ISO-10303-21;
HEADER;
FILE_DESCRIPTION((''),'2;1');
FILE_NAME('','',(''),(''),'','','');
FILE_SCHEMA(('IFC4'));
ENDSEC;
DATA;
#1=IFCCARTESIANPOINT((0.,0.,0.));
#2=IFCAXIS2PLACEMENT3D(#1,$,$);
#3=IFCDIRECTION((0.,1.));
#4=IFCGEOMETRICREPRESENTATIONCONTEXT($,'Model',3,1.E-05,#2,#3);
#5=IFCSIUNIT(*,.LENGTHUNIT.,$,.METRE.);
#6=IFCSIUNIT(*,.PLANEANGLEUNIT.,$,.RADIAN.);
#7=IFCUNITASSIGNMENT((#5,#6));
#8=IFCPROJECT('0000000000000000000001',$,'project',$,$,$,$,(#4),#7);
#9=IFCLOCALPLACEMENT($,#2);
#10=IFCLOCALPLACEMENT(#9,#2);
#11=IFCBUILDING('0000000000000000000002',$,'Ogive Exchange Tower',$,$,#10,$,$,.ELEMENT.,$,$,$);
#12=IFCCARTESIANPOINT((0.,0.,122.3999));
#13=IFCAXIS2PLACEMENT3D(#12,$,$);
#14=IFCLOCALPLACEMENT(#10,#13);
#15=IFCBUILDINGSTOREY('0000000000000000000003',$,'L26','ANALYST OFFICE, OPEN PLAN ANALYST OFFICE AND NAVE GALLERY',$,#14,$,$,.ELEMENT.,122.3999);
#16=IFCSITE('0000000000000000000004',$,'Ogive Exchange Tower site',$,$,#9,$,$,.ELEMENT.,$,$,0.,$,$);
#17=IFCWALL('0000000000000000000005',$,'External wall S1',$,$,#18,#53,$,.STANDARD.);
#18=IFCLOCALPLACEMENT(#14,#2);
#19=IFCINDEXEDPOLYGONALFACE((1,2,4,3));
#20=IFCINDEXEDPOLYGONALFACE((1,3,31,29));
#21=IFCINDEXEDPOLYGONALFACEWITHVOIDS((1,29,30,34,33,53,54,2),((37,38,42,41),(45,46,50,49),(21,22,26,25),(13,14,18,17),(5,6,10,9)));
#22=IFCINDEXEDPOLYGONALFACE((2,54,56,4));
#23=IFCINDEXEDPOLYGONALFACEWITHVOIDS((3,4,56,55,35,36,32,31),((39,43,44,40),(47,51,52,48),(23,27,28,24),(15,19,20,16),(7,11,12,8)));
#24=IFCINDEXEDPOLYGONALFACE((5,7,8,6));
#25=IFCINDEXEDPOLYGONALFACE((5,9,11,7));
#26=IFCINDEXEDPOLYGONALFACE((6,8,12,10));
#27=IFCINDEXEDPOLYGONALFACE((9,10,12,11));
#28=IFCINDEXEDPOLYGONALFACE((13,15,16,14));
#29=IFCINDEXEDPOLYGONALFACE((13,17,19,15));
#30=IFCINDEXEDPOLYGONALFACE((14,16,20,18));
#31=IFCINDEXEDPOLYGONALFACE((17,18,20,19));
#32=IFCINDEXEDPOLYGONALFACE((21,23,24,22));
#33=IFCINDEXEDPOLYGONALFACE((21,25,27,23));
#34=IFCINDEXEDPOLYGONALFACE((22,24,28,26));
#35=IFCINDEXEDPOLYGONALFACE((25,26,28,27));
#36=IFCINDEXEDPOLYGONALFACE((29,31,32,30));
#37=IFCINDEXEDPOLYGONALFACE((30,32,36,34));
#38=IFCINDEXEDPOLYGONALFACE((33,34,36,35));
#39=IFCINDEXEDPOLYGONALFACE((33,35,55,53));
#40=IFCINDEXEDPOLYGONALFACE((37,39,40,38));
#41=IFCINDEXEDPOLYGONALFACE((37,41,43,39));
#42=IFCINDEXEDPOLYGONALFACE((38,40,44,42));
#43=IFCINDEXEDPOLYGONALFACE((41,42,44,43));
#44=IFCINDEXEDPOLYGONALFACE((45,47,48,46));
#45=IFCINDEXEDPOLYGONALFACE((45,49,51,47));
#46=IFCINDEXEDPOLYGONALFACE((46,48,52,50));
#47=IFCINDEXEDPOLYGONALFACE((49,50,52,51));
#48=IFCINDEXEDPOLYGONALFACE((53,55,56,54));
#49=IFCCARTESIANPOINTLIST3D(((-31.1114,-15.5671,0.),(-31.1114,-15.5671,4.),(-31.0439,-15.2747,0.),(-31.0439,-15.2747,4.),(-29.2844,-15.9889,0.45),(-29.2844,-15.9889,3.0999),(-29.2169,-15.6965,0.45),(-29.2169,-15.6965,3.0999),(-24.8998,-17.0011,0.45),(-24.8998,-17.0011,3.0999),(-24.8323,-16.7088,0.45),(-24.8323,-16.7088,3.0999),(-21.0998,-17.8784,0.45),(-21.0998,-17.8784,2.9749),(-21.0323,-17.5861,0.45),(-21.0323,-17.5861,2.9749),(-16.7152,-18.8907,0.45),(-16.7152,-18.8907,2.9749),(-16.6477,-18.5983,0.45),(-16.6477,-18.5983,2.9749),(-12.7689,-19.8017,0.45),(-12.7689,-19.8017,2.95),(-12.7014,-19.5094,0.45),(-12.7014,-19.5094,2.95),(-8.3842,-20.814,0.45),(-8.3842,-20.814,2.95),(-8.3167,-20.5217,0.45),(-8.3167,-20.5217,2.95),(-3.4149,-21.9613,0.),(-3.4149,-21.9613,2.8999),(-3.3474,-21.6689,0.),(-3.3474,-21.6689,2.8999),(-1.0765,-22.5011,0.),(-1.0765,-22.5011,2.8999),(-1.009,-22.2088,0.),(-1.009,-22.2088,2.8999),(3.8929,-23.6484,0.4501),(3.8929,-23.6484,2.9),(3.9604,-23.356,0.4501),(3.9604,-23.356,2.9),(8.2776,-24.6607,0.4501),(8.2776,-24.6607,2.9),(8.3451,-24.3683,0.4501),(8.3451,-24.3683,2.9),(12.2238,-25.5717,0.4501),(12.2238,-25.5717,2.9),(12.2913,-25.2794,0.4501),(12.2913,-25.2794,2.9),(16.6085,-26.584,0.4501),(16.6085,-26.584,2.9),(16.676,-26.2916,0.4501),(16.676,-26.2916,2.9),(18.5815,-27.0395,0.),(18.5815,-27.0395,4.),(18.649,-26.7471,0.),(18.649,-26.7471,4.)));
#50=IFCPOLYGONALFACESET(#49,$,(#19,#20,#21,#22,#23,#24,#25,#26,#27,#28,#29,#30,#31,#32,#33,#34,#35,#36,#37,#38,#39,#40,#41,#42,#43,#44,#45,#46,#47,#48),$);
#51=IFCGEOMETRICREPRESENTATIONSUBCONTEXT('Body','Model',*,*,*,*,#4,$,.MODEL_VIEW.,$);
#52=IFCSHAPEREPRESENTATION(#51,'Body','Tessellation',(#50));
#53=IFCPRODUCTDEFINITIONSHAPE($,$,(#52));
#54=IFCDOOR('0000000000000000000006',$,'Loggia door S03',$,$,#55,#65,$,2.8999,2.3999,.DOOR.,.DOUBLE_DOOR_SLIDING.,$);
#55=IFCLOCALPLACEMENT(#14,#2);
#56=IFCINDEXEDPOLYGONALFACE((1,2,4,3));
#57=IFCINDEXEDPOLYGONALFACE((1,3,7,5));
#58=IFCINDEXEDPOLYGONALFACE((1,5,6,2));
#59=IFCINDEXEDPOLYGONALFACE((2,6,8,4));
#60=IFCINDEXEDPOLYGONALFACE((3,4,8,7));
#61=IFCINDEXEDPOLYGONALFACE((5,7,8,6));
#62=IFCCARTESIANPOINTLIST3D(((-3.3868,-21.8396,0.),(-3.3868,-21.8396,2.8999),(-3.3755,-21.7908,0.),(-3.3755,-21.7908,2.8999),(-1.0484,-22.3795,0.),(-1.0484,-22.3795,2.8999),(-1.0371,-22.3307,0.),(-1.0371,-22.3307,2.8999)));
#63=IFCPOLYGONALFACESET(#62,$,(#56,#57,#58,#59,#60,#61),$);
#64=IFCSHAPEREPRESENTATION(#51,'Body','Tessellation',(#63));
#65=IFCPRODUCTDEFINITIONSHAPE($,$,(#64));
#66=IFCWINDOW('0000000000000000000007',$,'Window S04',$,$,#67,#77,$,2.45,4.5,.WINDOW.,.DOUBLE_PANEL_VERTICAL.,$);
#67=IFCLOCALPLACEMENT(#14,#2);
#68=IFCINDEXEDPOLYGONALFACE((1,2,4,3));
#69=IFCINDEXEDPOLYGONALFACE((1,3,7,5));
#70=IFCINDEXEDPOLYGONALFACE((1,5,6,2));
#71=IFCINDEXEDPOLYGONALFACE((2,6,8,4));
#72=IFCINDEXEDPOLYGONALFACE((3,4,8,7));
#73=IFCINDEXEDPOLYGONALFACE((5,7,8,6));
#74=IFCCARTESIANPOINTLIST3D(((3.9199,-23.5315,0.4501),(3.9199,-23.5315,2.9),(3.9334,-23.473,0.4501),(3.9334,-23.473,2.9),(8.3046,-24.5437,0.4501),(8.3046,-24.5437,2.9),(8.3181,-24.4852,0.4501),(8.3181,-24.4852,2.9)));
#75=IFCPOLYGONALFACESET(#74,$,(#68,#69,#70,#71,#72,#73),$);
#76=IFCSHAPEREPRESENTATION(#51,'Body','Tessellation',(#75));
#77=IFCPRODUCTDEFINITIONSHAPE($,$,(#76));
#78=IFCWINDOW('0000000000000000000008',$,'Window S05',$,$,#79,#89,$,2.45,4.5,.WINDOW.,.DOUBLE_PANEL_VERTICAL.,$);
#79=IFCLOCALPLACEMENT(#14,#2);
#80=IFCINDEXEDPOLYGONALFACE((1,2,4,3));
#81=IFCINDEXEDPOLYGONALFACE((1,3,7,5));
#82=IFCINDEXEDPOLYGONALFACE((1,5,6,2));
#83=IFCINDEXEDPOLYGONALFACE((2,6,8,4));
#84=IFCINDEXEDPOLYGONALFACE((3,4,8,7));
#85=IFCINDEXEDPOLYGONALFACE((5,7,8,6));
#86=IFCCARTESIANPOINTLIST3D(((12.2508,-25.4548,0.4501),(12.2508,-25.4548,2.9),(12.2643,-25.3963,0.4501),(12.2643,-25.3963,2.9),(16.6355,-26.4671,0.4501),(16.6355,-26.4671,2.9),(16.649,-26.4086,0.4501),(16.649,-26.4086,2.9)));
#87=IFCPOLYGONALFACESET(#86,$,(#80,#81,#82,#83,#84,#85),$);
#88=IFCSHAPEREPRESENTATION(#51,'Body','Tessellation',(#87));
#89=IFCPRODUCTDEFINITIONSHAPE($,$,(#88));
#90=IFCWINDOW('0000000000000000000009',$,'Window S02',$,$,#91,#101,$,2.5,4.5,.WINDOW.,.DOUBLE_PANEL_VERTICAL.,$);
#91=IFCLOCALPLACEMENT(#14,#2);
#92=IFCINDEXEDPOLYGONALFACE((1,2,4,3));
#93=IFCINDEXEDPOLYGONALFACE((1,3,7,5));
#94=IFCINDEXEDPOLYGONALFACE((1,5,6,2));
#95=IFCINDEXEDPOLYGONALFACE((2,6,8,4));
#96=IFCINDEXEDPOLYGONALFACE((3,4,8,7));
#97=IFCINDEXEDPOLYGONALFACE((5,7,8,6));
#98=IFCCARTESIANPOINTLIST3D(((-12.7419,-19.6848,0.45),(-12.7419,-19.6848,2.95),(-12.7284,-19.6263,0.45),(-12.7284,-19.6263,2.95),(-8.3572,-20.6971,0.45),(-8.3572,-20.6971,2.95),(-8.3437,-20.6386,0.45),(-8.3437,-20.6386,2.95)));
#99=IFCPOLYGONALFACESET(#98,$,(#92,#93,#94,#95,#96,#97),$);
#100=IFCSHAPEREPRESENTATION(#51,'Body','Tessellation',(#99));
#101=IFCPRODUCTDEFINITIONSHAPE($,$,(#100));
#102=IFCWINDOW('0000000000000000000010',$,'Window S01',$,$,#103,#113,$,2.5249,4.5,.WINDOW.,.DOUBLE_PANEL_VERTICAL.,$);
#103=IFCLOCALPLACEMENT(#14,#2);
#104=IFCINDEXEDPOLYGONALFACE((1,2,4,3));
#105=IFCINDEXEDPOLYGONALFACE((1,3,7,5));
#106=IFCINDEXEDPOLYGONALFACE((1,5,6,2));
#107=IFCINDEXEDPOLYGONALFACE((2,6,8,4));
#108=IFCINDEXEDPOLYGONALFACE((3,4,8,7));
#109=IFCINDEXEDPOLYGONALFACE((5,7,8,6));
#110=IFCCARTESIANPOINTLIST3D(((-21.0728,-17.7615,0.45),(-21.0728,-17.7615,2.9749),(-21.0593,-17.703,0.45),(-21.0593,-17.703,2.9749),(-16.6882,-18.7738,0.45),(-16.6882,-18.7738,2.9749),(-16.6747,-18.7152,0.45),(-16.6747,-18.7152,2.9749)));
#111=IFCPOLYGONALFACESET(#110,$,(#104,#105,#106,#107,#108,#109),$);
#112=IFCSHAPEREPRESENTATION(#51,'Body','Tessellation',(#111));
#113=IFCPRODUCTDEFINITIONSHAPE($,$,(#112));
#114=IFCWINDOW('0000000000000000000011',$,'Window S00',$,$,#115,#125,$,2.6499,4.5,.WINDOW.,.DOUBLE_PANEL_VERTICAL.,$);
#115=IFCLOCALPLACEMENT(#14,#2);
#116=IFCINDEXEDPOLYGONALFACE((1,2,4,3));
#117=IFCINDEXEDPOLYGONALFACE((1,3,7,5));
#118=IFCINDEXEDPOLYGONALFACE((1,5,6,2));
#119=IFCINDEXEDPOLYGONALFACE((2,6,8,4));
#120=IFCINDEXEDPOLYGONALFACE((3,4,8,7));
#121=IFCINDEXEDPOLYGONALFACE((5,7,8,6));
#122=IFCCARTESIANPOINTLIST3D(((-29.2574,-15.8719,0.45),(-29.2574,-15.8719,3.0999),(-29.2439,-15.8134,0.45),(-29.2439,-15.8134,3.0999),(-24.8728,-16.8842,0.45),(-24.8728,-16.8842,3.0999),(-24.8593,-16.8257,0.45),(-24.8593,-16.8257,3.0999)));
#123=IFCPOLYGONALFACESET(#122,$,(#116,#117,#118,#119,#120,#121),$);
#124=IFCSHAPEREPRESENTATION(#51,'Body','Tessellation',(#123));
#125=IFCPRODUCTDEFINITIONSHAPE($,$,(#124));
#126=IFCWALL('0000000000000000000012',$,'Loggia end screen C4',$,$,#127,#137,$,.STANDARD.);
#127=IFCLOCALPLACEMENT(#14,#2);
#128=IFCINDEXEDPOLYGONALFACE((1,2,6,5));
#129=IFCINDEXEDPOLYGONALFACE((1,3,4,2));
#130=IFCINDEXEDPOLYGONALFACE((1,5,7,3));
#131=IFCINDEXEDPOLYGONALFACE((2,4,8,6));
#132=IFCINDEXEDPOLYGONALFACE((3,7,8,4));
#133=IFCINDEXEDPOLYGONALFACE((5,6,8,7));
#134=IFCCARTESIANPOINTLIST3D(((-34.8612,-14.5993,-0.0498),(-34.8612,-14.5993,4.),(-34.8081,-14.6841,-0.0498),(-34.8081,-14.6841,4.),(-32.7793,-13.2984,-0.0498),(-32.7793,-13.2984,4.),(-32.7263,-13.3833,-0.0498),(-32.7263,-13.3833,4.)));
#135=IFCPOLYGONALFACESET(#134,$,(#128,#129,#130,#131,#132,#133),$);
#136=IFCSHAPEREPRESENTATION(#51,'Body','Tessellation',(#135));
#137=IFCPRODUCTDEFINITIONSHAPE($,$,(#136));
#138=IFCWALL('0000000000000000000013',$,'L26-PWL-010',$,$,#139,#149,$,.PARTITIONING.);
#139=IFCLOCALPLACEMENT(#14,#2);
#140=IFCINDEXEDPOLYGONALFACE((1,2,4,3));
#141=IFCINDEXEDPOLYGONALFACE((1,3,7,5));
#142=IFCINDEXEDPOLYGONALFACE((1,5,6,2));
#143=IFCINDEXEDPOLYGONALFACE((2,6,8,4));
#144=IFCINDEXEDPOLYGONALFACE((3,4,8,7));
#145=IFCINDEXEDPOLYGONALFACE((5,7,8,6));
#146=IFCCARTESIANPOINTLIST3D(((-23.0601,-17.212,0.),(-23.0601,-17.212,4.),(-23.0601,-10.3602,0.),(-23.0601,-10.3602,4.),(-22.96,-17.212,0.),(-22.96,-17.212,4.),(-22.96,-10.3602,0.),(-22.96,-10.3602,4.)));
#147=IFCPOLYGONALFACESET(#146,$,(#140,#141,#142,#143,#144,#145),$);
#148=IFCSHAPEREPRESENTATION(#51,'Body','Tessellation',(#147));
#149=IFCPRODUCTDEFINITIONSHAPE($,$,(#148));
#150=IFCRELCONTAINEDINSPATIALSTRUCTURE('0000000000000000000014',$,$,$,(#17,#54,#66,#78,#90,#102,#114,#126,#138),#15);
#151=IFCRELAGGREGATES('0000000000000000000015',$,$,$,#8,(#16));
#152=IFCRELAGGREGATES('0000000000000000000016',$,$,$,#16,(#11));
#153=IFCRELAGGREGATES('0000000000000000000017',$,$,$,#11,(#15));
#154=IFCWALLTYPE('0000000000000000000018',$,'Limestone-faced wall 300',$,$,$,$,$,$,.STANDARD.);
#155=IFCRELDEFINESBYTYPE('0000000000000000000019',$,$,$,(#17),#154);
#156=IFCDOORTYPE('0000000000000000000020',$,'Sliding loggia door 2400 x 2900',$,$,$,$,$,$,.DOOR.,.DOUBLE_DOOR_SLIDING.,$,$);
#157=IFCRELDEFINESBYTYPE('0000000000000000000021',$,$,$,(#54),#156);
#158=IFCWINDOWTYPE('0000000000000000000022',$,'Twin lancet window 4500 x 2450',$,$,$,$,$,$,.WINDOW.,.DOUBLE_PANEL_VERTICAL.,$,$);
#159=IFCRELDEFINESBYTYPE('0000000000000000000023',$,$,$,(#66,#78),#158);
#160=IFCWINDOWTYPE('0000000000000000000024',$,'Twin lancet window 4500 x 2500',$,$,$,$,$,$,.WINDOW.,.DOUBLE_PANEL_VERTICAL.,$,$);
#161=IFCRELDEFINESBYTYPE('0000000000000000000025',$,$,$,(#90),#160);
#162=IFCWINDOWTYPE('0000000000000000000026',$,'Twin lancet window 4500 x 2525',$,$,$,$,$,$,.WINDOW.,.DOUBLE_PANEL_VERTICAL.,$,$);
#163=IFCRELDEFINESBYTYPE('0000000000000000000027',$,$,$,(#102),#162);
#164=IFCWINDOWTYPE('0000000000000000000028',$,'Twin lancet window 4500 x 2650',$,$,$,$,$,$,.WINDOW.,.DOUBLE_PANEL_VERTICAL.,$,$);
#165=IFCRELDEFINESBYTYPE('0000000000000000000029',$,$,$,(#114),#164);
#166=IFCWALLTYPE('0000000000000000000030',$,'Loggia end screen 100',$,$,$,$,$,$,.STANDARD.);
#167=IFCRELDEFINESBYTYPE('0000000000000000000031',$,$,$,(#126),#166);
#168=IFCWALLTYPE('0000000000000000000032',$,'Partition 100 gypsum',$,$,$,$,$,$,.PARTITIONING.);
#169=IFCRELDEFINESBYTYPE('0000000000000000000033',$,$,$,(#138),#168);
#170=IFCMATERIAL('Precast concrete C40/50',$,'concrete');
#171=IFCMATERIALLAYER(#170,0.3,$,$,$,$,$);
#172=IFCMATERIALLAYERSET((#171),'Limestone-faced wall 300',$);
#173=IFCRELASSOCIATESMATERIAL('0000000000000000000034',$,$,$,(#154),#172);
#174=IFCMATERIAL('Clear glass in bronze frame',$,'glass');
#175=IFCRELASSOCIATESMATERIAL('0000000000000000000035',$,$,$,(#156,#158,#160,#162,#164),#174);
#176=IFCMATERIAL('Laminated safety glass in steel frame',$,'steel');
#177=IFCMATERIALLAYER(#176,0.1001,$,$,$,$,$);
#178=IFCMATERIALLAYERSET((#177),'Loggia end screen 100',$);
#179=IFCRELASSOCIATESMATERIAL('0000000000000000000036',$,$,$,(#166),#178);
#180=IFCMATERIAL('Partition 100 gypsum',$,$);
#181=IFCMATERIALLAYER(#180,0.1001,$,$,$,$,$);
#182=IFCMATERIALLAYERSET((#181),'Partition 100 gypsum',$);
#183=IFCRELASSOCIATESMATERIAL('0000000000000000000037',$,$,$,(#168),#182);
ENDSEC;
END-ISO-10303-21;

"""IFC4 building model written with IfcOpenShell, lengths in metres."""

from ifc_helpers import new_model, si_unit, direction, frame, frame_2d, origin, place, context, subcontext, project, spatial, rectangle, extrude, material, layer, layer_set, type_object, element, fill, save


model = new_model("IFC4")

# Units and contexts
model_context = context("Model", 3, precision=1e-05, world=origin(), true_north=direction((0.0, 1.0)))
body_context = subcontext(model_context, "Body", "Model", "MODEL_VIEW")
ifc_project = project(units=[si_unit("LENGTHUNIT", "METRE"), si_unit("PLANEANGLEUNIT", "RADIAN")], contexts=[model_context])

# Site, building, storey
site_placement = place(None, origin())
site = spatial("IfcSite", under=ifc_project, at=site_placement, Name="Ogive Exchange Tower site", CompositionType="ELEMENT", RefElevation=0.0)
building_placement = place(site_placement, origin())
building = spatial("IfcBuilding", under=site, at=building_placement, Name="Ogive Exchange Tower", CompositionType="ELEMENT")
storey_placement = place(building_placement, frame((0.0, 0.0, 122.3999)))
storey = spatial("IfcBuildingStorey", under=building, at=storey_placement, Name="L26", Description="ANALYST OFFICE, OPEN PLAN ANALYST OFFICE AND NAVE GALLERY", CompositionType="ELEMENT", Elevation=122.3999)

# Wall, openings, door, windows
ifc_material_1 = material(Name="Precast concrete C40/50", Category="concrete")
ifc_layer_1 = layer(ifc_material_1, 0.3)
ifc_layer_set_1 = layer_set([ifc_layer_1], Name="Limestone-faced wall 300")
wall_type_1 = type_object("IfcWallType", Name="Limestone-faced wall 300", PredefinedType="STANDARD", material=ifc_layer_set_1)
wall_1_placement = place(storey_placement, frame((-31.0776, -15.4209, 0.0), z_axis=(0.0, 0.0, 1.0), x_axis=(0.97437, -0.224949, 0.0)))
wall_1 = element("IfcWall", 1, at=wall_1_placement, inside=storey, type_object=wall_type_1, Name="External wall S1", PredefinedType="STANDARD", context=body_context, shape_type="SweptSolid", body=[
    extrude(rectangle(XDim=51.0, YDim=0.3, at=frame_2d((25.5, 0.0))), origin(), (0.0, 0.0, 1.0), 4.0),
])
opening_1_placement = place(wall_1_placement, frame((1.875, 0.0, 0.45)))
opening_1 = element("IfcOpeningElement", 2, at=opening_1_placement, cuts=wall_1, PredefinedType="OPENING", context=body_context, shape_type="SweptSolid", body=[
    extrude(rectangle(XDim=4.5, YDim=2.6499, at=frame_2d((2.25, 1.325))), frame((0.0, 0.1599, 0.0), z_axis=(0.0, -1.0, 0.0), x_axis=(1.0, 0.0, 0.0)), (0.0, 0.0, 1.0), 0.3201),
])
opening_2_placement = place(wall_1_placement, frame((10.2749, 0.0, 0.45)))
opening_2 = element("IfcOpeningElement", 3, at=opening_2_placement, cuts=wall_1, PredefinedType="OPENING", context=body_context, shape_type="SweptSolid", body=[
    extrude(rectangle(XDim=4.5, YDim=2.5249, at=frame_2d((2.25, 1.2625))), frame((0.0, 0.1599, 0.0), z_axis=(0.0, -1.0, 0.0), x_axis=(1.0, 0.0, 0.0)), (0.0, 0.0, 1.0), 0.3201),
])
opening_3_placement = place(wall_1_placement, frame((18.825, 0.0, 0.45)))
opening_3 = element("IfcOpeningElement", 4, at=opening_3_placement, cuts=wall_1, PredefinedType="OPENING", context=body_context, shape_type="SweptSolid", body=[
    extrude(rectangle(XDim=4.5, YDim=2.5, at=frame_2d((2.25, 1.25))), frame((0.0, 0.1599, 0.0), z_axis=(0.0, -1.0, 0.0), x_axis=(1.0, 0.0, 0.0)), (0.0, 0.0, 1.0), 0.3201),
])
opening_4_placement = place(wall_1_placement, frame((28.425, 0.0, 0.0)))
opening_4 = element("IfcOpeningElement", 5, at=opening_4_placement, cuts=wall_1, PredefinedType="OPENING", context=body_context, shape_type="SweptSolid", body=[
    extrude(rectangle(XDim=2.3999, YDim=2.8999, at=frame_2d((1.2, 1.45))), frame((0.0, 0.1599, 0.0), z_axis=(0.0, -1.0, 0.0), x_axis=(1.0, 0.0, 0.0)), (0.0, 0.0, 1.0), 0.3201),
])
opening_5_placement = place(wall_1_placement, frame((35.925, 0.0, 0.45)))
opening_5 = element("IfcOpeningElement", 6, at=opening_5_placement, cuts=wall_1, PredefinedType="OPENING", context=body_context, shape_type="SweptSolid", body=[
    extrude(rectangle(XDim=4.5, YDim=2.45, at=frame_2d((2.25, 1.2251))), frame((0.0, 0.1599, 0.0), z_axis=(0.0, -1.0, 0.0), x_axis=(1.0, 0.0, 0.0)), (0.0, 0.0, 1.0), 0.3201),
])
opening_6_placement = place(wall_1_placement, frame((44.4751, 0.0, 0.45)))
opening_6 = element("IfcOpeningElement", 7, at=opening_6_placement, cuts=wall_1, PredefinedType="OPENING", context=body_context, shape_type="SweptSolid", body=[
    extrude(rectangle(XDim=4.5, YDim=2.45, at=frame_2d((2.25, 1.2251))), frame((0.0, 0.1599, 0.0), z_axis=(0.0, -1.0, 0.0), x_axis=(1.0, 0.0, 0.0)), (0.0, 0.0, 1.0), 0.3201),
])
ifc_material_2 = material(Name="Clear glass in bronze frame", Category="glass")
door_type_1 = type_object("IfcDoorType", Name="Sliding loggia door 2400 x 2900", OperationType="DOUBLE_DOOR_SLIDING", PredefinedType="DOOR", material=ifc_material_2)
door_1_placement = place(opening_4_placement, origin())
door_1 = element("IfcDoor", 8, at=door_1_placement, inside=storey, type_object=door_type_1, Name="Loggia door S03", OperationType="DOUBLE_DOOR_SLIDING", OverallHeight=2.8999, OverallWidth=2.3999, PredefinedType="DOOR", context=body_context, shape_type="SweptSolid", body=[
    extrude(rectangle(XDim=2.3999, YDim=2.8999, at=frame_2d((1.2, 1.45))), frame((0.0, 0.0249, 0.0), z_axis=(0.0, -1.0, 0.0), x_axis=(1.0, 0.0, 0.0)), (0.0, 0.0, 1.0), 0.05),
])
fill(opening_4, door_1)
window_type_1 = type_object("IfcWindowType", Name="Twin lancet window 4500 x 2450", PartitioningType="DOUBLE_PANEL_VERTICAL", PredefinedType="WINDOW", material=ifc_material_2)
window_1_placement = place(opening_5_placement, origin())
window_1 = element("IfcWindow", 9, at=window_1_placement, inside=storey, type_object=window_type_1, Name="Window S04", OverallHeight=2.45, OverallWidth=4.5, PartitioningType="DOUBLE_PANEL_VERTICAL", PredefinedType="WINDOW", context=body_context, shape_type="SweptSolid", body=[
    extrude(rectangle(XDim=4.5, YDim=2.45, at=frame_2d((2.25, 1.2251))), frame((0.0, 0.03, 0.0), z_axis=(0.0, -1.0, 0.0), x_axis=(1.0, 0.0, 0.0)), (0.0, 0.0, 1.0), 0.0601),
])
fill(opening_5, window_1)
window_2_placement = place(opening_6_placement, origin())
window_2 = element("IfcWindow", 10, at=window_2_placement, inside=storey, type_object=window_type_1, Name="Window S05", OverallHeight=2.45, OverallWidth=4.5, PartitioningType="DOUBLE_PANEL_VERTICAL", PredefinedType="WINDOW", context=body_context, shape_type="SweptSolid", body=[
    extrude(rectangle(XDim=4.5, YDim=2.45, at=frame_2d((2.25, 1.2251))), frame((0.0, 0.03, 0.0), z_axis=(0.0, -1.0, 0.0), x_axis=(1.0, 0.0, 0.0)), (0.0, 0.0, 1.0), 0.0601),
])
fill(opening_6, window_2)
window_type_2 = type_object("IfcWindowType", Name="Twin lancet window 4500 x 2500", PartitioningType="DOUBLE_PANEL_VERTICAL", PredefinedType="WINDOW", material=ifc_material_2)
window_3_placement = place(opening_3_placement, origin())
window_3 = element("IfcWindow", 11, at=window_3_placement, inside=storey, type_object=window_type_2, Name="Window S02", OverallHeight=2.5, OverallWidth=4.5, PartitioningType="DOUBLE_PANEL_VERTICAL", PredefinedType="WINDOW", context=body_context, shape_type="SweptSolid", body=[
    extrude(rectangle(XDim=4.5, YDim=2.5, at=frame_2d((2.25, 1.25))), frame((0.0, 0.03, 0.0), z_axis=(0.0, -1.0, 0.0), x_axis=(1.0, 0.0, 0.0)), (0.0, 0.0, 1.0), 0.0601),
])
fill(opening_3, window_3)
window_type_3 = type_object("IfcWindowType", Name="Twin lancet window 4500 x 2525", PartitioningType="DOUBLE_PANEL_VERTICAL", PredefinedType="WINDOW", material=ifc_material_2)
window_4_placement = place(opening_2_placement, origin())
window_4 = element("IfcWindow", 12, at=window_4_placement, inside=storey, type_object=window_type_3, Name="Window S01", OverallHeight=2.5249, OverallWidth=4.5, PartitioningType="DOUBLE_PANEL_VERTICAL", PredefinedType="WINDOW", context=body_context, shape_type="SweptSolid", body=[
    extrude(rectangle(XDim=4.5, YDim=2.5249, at=frame_2d((2.25, 1.2625))), frame((0.0, 0.03, 0.0), z_axis=(0.0, -1.0, 0.0), x_axis=(1.0, 0.0, 0.0)), (0.0, 0.0, 1.0), 0.0601),
])
fill(opening_2, window_4)
window_type_4 = type_object("IfcWindowType", Name="Twin lancet window 4500 x 2650", PartitioningType="DOUBLE_PANEL_VERTICAL", PredefinedType="WINDOW", material=ifc_material_2)
window_5_placement = place(opening_1_placement, origin())
window_5 = element("IfcWindow", 13, at=window_5_placement, inside=storey, type_object=window_type_4, Name="Window S00", OverallHeight=2.6499, OverallWidth=4.5, PartitioningType="DOUBLE_PANEL_VERTICAL", PredefinedType="WINDOW", context=body_context, shape_type="SweptSolid", body=[
    extrude(rectangle(XDim=4.5, YDim=2.6499, at=frame_2d((2.25, 1.325))), frame((0.0, 0.03, 0.0), z_axis=(0.0, -1.0, 0.0), x_axis=(1.0, 0.0, 0.0)), (0.0, 0.0, 1.0), 0.0601),
])
fill(opening_1, window_5)

# Walls
ifc_material_3 = material(Name="Laminated safety glass in steel frame", Category="steel")
ifc_layer_2 = layer(ifc_material_3, 0.1001)
ifc_layer_set_2 = layer_set([ifc_layer_2], Name="Loggia end screen 100")
wall_type_2 = type_object("IfcWallType", Name="Loggia end screen 100", PredefinedType="STANDARD", material=ifc_layer_set_2)
wall_2_placement = place(storey_placement, frame((-32.7527, -13.3408, -0.0498), z_axis=(0.0, 0.0, 1.0), x_axis=(-0.84806, -0.529901, 0.0)))
element("IfcWall", 14, at=wall_2_placement, inside=storey, type_object=wall_type_2, Name="Loggia end screen C4", PredefinedType="STANDARD", context=body_context, shape_type="SweptSolid", body=[
    extrude(rectangle(XDim=2.4548, YDim=0.1001, at=frame_2d((1.2275, 0.0))), origin(), (0.0, 0.0, 1.0), 4.0498),
])
ifc_material_4 = material(Name="Partition 100 gypsum")
ifc_layer_3 = layer(ifc_material_4, 0.1001)
ifc_layer_set_3 = layer_set([ifc_layer_3], Name="Partition 100 gypsum")
wall_type_3 = type_object("IfcWallType", Name="Partition 100 gypsum", PredefinedType="PARTITIONING", material=ifc_layer_set_3)
wall_3_placement = place(storey_placement, frame((-23.01, -17.2119, 0.0), z_axis=(0.0, 0.0, 1.0), x_axis=(0.0, 1.0, 0.0)))
element("IfcWall", 15, at=wall_3_placement, inside=storey, type_object=wall_type_3, Name="L26-PWL-010", PredefinedType="PARTITIONING", context=body_context, shape_type="SweptSolid", body=[
    extrude(rectangle(XDim=6.8518, YDim=0.1001, at=frame_2d((3.4258, 0.0))), origin(), (0.0, 0.0, 1.0), 4.0),
])

save(model, "model.ifc")
